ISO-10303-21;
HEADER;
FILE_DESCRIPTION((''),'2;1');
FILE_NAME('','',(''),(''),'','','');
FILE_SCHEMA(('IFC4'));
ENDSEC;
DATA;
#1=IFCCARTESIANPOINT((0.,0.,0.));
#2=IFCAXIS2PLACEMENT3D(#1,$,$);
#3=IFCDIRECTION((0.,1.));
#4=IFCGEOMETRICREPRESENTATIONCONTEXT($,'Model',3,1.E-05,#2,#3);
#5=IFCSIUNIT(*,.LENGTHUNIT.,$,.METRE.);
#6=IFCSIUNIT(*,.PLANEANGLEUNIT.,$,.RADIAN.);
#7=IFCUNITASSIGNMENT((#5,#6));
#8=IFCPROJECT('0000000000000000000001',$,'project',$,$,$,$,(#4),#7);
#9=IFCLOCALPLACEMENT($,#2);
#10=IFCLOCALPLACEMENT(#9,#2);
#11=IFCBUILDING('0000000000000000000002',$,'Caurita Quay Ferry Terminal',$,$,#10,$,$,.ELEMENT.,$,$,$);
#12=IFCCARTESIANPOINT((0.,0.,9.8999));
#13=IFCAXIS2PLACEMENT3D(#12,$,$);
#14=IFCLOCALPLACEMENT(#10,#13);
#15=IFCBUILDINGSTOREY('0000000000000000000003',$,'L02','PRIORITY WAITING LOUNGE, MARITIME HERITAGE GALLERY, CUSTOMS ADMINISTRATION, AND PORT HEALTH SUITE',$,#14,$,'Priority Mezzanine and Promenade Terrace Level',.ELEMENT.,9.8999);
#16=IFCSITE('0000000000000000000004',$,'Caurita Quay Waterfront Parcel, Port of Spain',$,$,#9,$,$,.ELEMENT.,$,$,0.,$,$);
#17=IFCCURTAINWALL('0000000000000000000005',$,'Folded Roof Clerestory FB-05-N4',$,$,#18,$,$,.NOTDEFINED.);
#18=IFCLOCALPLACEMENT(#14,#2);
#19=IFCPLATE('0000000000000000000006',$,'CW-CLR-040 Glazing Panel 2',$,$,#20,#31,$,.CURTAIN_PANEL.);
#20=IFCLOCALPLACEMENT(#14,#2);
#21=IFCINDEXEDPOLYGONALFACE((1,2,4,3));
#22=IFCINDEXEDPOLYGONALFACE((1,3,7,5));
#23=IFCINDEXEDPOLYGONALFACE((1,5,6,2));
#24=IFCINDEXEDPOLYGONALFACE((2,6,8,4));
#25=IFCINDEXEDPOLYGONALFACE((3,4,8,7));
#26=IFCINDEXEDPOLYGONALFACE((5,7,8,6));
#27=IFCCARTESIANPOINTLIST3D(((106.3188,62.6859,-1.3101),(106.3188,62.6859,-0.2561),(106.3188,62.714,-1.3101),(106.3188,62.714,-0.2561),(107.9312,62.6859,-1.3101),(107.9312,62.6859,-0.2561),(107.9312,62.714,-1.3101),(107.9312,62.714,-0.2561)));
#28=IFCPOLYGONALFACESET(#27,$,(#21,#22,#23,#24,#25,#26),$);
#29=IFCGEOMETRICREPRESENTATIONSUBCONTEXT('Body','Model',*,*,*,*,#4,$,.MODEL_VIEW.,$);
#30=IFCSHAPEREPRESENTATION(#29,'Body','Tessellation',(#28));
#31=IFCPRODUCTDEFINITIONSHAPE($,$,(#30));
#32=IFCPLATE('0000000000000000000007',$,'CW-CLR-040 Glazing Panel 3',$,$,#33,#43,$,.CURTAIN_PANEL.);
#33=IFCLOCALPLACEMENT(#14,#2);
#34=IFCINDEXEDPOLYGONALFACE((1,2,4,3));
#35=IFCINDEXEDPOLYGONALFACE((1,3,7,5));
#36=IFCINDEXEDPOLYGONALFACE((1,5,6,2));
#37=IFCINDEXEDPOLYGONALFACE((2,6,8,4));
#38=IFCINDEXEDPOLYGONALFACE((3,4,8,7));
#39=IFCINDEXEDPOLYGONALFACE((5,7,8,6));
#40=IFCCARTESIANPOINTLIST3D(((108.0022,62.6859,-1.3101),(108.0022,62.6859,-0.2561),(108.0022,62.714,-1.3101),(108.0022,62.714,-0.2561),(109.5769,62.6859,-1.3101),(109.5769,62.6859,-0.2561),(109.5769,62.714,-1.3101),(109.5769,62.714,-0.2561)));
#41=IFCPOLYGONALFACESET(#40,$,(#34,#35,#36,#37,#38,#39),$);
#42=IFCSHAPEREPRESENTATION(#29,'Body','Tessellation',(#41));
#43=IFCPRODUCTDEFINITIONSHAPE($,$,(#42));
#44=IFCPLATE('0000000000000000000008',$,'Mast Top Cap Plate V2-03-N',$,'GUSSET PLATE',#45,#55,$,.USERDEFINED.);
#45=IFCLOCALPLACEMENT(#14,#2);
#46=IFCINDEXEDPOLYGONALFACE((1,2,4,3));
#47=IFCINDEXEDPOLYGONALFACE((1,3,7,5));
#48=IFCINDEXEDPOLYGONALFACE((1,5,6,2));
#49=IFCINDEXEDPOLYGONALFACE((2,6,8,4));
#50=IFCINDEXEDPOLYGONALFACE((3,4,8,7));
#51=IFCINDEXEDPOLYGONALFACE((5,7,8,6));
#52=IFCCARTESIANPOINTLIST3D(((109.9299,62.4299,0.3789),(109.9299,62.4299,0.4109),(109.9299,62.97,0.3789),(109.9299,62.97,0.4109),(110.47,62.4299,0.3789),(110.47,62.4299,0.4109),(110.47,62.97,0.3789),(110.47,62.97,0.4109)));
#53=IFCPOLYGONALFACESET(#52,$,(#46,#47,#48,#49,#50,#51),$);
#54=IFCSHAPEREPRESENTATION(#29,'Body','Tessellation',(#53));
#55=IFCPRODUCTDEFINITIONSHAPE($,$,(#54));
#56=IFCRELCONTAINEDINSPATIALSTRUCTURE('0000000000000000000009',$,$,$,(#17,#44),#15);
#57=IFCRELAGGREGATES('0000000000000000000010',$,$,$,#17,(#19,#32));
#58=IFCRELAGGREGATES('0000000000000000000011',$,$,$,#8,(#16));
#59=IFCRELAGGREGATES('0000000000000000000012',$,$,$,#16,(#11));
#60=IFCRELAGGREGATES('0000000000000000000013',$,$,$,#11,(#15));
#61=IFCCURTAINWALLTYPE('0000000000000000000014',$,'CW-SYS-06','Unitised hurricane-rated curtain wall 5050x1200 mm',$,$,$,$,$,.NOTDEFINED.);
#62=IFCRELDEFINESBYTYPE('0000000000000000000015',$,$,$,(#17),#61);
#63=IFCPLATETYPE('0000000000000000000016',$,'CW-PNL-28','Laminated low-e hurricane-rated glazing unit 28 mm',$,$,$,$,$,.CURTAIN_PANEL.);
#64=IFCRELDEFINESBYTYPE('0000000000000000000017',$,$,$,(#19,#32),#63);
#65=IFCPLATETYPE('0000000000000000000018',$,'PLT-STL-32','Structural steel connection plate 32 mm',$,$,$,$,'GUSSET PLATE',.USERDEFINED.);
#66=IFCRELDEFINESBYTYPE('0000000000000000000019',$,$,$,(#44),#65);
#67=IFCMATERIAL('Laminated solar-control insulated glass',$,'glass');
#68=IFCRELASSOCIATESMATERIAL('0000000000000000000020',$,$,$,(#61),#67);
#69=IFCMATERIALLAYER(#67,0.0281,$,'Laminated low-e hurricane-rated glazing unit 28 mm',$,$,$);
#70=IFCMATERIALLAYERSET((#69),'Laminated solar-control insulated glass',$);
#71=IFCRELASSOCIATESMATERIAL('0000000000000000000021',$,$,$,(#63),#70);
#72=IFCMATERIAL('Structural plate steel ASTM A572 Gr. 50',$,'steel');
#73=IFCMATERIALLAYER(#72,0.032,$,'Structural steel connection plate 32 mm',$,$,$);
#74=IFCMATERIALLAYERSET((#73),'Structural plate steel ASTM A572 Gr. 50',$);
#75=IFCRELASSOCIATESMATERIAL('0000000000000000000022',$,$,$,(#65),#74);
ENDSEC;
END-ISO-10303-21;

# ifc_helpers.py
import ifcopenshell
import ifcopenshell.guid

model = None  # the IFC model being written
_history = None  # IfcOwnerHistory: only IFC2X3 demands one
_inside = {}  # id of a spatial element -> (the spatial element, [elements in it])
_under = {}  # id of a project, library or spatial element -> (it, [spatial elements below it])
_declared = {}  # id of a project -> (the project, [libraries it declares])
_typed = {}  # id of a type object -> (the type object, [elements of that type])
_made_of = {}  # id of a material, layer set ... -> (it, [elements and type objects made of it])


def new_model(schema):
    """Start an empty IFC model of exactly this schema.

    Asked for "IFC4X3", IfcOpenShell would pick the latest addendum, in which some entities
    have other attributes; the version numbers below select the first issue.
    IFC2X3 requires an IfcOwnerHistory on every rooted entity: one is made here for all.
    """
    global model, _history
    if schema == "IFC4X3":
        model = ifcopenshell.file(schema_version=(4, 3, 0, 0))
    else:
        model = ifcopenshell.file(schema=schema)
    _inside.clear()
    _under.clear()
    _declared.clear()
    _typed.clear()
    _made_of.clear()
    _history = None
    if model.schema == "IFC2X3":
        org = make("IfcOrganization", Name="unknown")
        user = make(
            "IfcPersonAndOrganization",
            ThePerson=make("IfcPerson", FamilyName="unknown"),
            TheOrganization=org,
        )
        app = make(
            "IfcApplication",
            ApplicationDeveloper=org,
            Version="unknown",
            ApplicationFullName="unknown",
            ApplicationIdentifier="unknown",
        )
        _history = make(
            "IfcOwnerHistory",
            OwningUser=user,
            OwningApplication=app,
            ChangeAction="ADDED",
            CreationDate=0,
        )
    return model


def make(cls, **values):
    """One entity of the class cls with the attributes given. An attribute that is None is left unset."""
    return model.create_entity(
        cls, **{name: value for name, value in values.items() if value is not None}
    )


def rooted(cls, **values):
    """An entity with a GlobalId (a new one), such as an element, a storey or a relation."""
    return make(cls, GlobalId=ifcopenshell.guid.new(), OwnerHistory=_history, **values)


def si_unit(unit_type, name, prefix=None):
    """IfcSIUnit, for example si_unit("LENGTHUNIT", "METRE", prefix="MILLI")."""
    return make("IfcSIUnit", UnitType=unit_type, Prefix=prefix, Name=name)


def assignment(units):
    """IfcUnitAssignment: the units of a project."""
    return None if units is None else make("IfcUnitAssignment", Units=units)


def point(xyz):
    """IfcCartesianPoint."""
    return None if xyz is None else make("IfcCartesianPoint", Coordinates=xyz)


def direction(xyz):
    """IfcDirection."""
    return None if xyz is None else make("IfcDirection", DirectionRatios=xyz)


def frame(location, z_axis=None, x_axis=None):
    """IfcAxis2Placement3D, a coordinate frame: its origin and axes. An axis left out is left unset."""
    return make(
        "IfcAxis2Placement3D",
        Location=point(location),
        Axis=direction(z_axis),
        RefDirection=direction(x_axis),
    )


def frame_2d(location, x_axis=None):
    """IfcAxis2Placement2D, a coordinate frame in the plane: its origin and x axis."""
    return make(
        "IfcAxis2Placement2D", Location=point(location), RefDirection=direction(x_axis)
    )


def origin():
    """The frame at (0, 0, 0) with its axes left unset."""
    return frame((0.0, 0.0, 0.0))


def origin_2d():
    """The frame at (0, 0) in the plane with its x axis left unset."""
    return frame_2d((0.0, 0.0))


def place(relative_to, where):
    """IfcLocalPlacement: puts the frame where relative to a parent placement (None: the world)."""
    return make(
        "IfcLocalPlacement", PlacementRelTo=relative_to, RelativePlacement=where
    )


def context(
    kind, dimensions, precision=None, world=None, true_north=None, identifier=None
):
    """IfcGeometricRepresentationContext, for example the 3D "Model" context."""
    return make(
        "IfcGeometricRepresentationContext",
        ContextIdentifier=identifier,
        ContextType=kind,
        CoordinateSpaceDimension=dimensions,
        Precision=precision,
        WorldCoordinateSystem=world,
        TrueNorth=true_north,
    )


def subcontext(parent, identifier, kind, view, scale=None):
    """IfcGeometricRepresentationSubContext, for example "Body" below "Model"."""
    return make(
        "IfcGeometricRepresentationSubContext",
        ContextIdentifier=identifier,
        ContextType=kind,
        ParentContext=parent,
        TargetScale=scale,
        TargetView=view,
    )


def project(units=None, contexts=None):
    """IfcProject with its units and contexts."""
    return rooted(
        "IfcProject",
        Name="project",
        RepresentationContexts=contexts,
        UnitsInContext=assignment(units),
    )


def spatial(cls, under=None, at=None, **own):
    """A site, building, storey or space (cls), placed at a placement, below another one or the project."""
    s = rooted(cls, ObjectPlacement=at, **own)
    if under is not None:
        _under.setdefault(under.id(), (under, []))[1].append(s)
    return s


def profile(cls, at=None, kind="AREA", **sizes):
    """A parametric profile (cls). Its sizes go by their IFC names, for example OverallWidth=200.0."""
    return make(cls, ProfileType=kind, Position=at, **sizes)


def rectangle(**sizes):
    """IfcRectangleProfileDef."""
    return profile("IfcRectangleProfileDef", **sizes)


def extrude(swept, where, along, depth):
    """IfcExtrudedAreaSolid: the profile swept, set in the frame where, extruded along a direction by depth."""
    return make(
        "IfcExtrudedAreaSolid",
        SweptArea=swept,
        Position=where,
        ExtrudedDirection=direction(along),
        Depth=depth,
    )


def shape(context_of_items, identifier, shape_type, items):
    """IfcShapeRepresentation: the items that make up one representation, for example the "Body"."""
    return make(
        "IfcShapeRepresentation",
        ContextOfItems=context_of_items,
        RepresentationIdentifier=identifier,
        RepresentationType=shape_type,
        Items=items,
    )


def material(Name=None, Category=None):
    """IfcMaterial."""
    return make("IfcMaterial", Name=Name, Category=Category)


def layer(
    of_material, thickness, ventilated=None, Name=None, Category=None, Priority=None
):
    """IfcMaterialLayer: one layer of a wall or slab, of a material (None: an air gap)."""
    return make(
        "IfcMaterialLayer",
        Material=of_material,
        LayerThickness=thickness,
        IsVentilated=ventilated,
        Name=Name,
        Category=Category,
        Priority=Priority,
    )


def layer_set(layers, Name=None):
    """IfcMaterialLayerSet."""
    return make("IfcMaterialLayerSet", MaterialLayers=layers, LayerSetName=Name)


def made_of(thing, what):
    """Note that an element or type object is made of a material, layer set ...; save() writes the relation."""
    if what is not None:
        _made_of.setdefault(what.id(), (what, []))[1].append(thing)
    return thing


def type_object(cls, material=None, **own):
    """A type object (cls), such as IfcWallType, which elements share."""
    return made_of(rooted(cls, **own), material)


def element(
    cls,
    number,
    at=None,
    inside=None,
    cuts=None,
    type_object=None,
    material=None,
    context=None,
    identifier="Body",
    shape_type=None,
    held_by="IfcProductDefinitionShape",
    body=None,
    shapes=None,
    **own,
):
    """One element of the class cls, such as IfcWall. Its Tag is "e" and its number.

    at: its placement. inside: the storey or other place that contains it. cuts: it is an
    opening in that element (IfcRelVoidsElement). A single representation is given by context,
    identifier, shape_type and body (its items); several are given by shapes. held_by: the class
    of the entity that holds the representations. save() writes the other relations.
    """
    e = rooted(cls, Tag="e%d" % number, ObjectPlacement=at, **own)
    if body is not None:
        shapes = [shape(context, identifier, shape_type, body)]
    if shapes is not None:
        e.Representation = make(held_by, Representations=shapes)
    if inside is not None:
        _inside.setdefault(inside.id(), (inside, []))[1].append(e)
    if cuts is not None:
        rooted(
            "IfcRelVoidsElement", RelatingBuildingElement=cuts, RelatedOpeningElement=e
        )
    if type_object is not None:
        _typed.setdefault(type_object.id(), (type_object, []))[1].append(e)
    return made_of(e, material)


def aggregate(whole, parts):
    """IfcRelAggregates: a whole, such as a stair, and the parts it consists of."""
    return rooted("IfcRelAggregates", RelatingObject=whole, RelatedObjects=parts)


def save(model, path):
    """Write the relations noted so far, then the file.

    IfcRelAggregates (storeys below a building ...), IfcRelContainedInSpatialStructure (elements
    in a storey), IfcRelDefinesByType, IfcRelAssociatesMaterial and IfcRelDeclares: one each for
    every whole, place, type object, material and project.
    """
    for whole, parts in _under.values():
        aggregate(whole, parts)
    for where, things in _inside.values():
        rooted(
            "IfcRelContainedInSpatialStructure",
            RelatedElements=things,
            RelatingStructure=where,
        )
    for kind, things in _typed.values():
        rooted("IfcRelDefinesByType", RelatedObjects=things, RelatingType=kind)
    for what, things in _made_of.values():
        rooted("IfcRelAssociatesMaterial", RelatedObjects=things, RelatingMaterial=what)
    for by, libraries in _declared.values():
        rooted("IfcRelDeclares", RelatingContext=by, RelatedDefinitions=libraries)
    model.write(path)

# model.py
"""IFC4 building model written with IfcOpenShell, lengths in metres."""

from ifc_helpers import new_model, si_unit, direction, frame, origin, origin_2d, place, context, subcontext, project, spatial, rectangle, extrude, material, layer, layer_set, type_object, element, aggregate, save


model = new_model("IFC4")

# Units and contexts
model_context = context("Model", 3, precision=1e-05, world=origin(), true_north=direction((0.0, 1.0)))
body_context = subcontext(model_context, "Body", "Model", "MODEL_VIEW")
ifc_project = project(units=[si_unit("LENGTHUNIT", "METRE"), si_unit("PLANEANGLEUNIT", "RADIAN")], contexts=[model_context])

# Site, building, storey
site_placement = place(None, origin())
site = spatial("IfcSite", under=ifc_project, at=site_placement, Name="Caurita Quay Waterfront Parcel, Port of Spain", CompositionType="ELEMENT", RefElevation=0.0)
building_placement = place(site_placement, origin())
building = spatial("IfcBuilding", under=site, at=building_placement, Name="Caurita Quay Ferry Terminal", CompositionType="ELEMENT")
storey_placement = place(building_placement, frame((0.0, 0.0, 9.8999)))
storey = spatial("IfcBuildingStorey", under=building, at=storey_placement, Name="L02", Description="PRIORITY WAITING LOUNGE, MARITIME HERITAGE GALLERY, CUSTOMS ADMINISTRATION, AND PORT HEALTH SUITE", LongName="Priority Mezzanine and Promenade Terrace Level", CompositionType="ELEMENT", Elevation=9.8999)

# Shared definitions
ifc_material_1 = material(Name="Laminated solar-control insulated glass", Category="glass")

# Curtain wall
curtain_wall_type_1 = type_object("IfcCurtainWallType", Name="CW-SYS-06", Description="Unitised hurricane-rated curtain wall 5050x1200 mm", PredefinedType="NOTDEFINED", material=ifc_material_1)
curtain_wall_1_placement = place(storey_placement, origin())
curtain_wall_1 = element("IfcCurtainWall", 1, at=curtain_wall_1_placement, inside=storey, type_object=curtain_wall_type_1, Name="Folded Roof Clerestory FB-05-N4", PredefinedType="NOTDEFINED")

# Plates
ifc_layer_1 = layer(ifc_material_1, 0.0281, Name="Laminated low-e hurricane-rated glazing unit 28 mm")
ifc_layer_set_1 = layer_set([ifc_layer_1], Name="Laminated solar-control insulated glass")
plate_type_1 = type_object("IfcPlateType", Name="CW-PNL-28", Description="Laminated low-e hurricane-rated glazing unit 28 mm", PredefinedType="CURTAIN_PANEL", material=ifc_layer_set_1)
plate_1_placement = place(storey_placement, frame((107.125, 62.7, -1.3101), z_axis=(0.0, 0.0, 1.0), x_axis=(1.0, 0.0, 0.0)))
plate_1 = element("IfcPlate", 2, at=plate_1_placement, type_object=plate_type_1, Name="CW-CLR-040 Glazing Panel 2", PredefinedType="CURTAIN_PANEL", context=body_context, shape_type="SweptSolid", body=[
    extrude(rectangle(XDim=1.6123, YDim=0.0281, at=origin_2d()), origin(), (0.0, 0.0, 1.0), 1.054),
])
plate_2_placement = place(storey_placement, frame((108.7896, 62.7, -1.3101), z_axis=(0.0, 0.0, 1.0), x_axis=(1.0, 0.0, 0.0)))
plate_2 = element("IfcPlate", 3, at=plate_2_placement, type_object=plate_type_1, Name="CW-CLR-040 Glazing Panel 3", PredefinedType="CURTAIN_PANEL", context=body_context, shape_type="SweptSolid", body=[
    extrude(rectangle(XDim=1.5747, YDim=0.0281, at=origin_2d()), origin(), (0.0, 0.0, 1.0), 1.054),
])
aggregate(curtain_wall_1, [plate_1, plate_2])
ifc_material_2 = material(Name="Structural plate steel ASTM A572 Gr. 50", Category="steel")
ifc_layer_2 = layer(ifc_material_2, 0.032, Name="Structural steel connection plate 32 mm")
ifc_layer_set_2 = layer_set([ifc_layer_2], Name="Structural plate steel ASTM A572 Gr. 50")
plate_type_2 = type_object("IfcPlateType", Name="PLT-STL-32", Description="Structural steel connection plate 32 mm", ElementType="GUSSET PLATE", PredefinedType="USERDEFINED", material=ifc_layer_set_2)
plate_3_placement = place(storey_placement, frame((110.2, 62.7, 0.3789), z_axis=(0.0, 0.0, 1.0), x_axis=(1.0, 0.0, 0.0)))
element("IfcPlate", 4, at=plate_3_placement, inside=storey, type_object=plate_type_2, Name="Mast Top Cap Plate V2-03-N", ObjectType="GUSSET PLATE", PredefinedType="USERDEFINED", context=body_context, shape_type="SweptSolid", body=[
    extrude(rectangle(XDim=0.54, YDim=0.54, at=origin_2d()), origin(), (0.0, 0.0, 1.0), 0.032),
])

save(model, "model.ifc")
